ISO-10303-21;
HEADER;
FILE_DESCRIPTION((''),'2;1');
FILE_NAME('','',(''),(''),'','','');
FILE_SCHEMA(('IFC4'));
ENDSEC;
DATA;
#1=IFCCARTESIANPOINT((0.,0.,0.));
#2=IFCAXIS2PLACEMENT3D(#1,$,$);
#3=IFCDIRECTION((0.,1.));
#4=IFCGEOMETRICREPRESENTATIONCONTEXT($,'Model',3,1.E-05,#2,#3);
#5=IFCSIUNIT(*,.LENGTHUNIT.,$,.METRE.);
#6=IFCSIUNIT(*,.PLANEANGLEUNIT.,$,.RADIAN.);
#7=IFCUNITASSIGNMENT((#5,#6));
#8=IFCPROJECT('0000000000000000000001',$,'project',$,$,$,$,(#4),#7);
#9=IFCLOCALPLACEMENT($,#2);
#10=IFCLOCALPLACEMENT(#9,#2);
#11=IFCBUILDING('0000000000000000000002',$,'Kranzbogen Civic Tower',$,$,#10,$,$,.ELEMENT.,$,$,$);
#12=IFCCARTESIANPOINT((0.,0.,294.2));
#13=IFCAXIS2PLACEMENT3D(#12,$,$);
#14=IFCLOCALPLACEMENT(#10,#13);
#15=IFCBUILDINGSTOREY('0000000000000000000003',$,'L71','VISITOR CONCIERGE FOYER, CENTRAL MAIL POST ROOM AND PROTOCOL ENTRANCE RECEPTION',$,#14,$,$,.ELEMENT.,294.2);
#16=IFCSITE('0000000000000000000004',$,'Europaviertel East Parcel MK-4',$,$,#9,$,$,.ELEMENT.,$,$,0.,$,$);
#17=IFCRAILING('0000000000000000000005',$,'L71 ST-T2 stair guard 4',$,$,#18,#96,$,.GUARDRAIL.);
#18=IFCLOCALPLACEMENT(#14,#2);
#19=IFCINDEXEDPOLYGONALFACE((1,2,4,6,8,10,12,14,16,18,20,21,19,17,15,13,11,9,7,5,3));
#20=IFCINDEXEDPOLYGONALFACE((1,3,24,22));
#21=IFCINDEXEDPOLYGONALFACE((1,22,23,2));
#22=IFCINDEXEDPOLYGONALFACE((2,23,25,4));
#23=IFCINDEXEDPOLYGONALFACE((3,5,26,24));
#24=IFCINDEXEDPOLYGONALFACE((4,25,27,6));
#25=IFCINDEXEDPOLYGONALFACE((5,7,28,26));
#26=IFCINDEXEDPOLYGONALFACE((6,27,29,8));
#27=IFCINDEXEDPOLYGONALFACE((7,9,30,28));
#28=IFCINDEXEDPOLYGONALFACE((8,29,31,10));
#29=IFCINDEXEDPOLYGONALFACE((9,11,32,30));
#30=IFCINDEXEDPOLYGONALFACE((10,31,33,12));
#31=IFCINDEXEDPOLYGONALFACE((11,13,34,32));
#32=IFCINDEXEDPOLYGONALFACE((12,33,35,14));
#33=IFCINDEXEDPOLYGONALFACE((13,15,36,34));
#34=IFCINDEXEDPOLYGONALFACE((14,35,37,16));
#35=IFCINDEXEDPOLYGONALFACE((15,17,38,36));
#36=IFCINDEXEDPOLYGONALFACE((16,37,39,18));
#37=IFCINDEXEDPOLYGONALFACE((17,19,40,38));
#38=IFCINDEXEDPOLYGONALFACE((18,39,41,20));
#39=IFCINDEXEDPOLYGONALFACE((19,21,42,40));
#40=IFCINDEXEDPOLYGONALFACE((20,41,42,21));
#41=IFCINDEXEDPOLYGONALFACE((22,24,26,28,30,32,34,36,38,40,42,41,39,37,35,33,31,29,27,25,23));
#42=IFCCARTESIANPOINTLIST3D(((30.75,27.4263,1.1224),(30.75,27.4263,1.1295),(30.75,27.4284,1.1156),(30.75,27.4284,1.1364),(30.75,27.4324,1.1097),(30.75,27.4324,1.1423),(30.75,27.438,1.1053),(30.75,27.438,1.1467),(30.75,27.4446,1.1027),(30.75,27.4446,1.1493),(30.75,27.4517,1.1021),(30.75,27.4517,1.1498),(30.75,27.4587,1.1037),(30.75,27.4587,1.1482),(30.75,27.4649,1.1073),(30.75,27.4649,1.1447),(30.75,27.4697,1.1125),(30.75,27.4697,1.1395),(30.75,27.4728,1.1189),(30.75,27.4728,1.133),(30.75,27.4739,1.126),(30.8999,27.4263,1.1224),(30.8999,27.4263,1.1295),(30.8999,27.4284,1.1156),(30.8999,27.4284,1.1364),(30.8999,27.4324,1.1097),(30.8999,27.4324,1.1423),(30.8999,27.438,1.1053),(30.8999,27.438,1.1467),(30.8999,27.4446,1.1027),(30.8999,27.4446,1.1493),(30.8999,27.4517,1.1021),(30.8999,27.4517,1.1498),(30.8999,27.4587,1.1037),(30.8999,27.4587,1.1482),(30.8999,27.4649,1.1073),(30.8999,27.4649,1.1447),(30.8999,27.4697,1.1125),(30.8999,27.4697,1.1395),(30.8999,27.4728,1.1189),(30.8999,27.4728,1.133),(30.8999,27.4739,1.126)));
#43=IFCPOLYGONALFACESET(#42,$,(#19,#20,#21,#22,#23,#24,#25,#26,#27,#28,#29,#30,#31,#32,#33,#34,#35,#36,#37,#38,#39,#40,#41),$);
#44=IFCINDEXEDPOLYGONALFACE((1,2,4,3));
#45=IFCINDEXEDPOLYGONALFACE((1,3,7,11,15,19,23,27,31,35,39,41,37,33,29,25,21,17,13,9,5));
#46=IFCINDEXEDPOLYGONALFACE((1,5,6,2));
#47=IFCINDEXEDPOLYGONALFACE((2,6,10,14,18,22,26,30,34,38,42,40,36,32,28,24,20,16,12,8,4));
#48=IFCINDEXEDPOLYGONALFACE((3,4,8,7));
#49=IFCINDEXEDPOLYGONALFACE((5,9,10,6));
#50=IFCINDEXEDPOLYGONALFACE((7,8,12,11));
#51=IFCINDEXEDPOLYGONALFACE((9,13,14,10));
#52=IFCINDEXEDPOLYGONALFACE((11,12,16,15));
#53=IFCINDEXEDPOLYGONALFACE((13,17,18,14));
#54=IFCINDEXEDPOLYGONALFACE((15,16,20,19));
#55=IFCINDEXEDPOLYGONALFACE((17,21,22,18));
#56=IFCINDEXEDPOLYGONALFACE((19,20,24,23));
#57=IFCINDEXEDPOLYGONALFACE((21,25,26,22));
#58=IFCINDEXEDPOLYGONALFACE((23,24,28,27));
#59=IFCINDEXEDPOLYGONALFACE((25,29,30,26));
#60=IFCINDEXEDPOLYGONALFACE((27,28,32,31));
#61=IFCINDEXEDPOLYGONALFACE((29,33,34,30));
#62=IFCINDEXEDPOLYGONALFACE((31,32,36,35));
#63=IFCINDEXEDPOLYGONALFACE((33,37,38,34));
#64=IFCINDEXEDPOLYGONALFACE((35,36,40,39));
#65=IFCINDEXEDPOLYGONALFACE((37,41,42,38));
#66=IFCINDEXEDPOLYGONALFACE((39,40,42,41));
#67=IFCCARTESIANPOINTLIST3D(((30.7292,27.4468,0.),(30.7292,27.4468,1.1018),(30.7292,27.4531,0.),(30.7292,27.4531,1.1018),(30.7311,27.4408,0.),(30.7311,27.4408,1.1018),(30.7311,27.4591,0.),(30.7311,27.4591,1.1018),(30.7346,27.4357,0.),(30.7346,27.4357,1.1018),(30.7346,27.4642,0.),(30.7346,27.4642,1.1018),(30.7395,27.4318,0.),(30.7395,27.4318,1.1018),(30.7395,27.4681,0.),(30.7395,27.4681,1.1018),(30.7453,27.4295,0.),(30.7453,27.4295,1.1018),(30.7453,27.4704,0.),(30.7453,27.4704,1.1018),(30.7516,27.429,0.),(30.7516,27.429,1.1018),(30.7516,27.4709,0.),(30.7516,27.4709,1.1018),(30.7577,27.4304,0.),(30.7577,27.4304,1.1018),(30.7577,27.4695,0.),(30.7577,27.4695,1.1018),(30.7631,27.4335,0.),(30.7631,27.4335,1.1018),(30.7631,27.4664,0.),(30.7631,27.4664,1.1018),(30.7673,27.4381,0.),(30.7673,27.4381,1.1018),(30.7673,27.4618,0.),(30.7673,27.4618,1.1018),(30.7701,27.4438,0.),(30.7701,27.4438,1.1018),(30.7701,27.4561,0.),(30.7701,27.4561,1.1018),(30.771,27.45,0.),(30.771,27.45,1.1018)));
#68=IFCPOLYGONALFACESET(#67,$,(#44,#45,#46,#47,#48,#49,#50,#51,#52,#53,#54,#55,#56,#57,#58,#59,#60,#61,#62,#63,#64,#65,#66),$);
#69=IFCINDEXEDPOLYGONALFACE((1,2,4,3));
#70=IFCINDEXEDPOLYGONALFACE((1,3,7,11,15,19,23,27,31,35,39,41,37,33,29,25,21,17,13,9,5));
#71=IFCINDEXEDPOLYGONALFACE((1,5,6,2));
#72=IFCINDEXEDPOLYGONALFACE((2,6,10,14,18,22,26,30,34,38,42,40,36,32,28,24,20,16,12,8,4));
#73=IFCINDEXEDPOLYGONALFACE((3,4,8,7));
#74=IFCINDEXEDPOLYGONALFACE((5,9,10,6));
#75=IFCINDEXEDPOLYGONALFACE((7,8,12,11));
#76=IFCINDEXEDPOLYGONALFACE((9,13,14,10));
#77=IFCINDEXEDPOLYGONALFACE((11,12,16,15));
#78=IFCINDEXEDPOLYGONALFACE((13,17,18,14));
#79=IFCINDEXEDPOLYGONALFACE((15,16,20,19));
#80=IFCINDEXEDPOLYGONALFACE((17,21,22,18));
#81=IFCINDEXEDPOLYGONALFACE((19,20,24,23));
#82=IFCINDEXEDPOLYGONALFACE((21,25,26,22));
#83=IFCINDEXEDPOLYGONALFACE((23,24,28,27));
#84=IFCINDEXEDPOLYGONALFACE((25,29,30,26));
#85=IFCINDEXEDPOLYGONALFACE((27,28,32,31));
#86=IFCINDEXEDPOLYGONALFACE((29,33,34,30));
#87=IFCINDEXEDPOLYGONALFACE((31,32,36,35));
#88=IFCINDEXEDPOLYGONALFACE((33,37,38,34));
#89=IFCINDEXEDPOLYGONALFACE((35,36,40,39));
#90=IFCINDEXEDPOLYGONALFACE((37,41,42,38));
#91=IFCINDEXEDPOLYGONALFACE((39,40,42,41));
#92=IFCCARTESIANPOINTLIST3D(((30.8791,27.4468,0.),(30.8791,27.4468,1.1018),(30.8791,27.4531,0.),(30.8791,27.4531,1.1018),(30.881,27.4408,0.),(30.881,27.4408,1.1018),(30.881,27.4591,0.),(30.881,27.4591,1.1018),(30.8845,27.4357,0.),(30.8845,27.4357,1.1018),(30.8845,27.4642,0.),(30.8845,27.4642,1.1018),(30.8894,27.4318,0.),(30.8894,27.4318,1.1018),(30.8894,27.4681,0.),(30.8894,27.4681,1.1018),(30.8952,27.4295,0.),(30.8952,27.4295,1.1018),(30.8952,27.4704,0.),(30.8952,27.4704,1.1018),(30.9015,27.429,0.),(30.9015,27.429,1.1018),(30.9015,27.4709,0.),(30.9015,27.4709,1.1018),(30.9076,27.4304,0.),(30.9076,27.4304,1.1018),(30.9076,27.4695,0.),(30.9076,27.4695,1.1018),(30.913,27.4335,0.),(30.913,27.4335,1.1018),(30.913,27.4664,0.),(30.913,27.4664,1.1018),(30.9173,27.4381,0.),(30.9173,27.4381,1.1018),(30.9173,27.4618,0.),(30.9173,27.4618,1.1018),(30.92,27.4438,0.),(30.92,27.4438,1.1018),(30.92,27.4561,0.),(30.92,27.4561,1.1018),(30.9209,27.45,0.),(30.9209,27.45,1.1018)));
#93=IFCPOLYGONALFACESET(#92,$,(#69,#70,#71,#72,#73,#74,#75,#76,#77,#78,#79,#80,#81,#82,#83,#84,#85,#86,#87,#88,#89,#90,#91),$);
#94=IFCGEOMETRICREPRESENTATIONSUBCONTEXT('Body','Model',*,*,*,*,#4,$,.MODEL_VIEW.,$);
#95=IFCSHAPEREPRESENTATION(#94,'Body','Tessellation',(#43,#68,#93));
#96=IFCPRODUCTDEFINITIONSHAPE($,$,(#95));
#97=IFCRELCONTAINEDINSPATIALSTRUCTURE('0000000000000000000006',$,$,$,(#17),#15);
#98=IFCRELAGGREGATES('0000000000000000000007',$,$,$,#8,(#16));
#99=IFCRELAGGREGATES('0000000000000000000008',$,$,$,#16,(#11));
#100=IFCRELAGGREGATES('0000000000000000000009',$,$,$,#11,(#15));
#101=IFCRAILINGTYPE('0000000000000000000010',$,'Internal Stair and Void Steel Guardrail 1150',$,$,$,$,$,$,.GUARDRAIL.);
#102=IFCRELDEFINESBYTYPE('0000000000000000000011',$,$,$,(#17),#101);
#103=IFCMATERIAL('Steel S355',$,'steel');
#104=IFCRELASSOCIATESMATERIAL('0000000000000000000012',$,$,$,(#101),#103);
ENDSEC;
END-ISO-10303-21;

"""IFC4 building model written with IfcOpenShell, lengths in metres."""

from ifc_helpers import new_model, si_unit, direction, frame, origin, origin_2d, place, context, subcontext, project, spatial, circle, extrude, material, type_object, element, save


model = new_model("IFC4")

# Units and contexts
model_context = context("Model", 3, precision=1e-05, world=origin(), true_north=direction((0.0, 1.0)))
body_context = subcontext(model_context, "Body", "Model", "MODEL_VIEW")
ifc_project = project(units=[si_unit("LENGTHUNIT", "METRE"), si_unit("PLANEANGLEUNIT", "RADIAN")], contexts=[model_context])

# Site, building, storey
site_placement = place(None, origin())
site = spatial("IfcSite", under=ifc_project, at=site_placement, Name="Europaviertel East Parcel MK-4", CompositionType="ELEMENT", RefElevation=0.0)
building_placement = place(site_placement, origin())
building = spatial("IfcBuilding", under=site, at=building_placement, Name="Kranzbogen Civic Tower", CompositionType="ELEMENT")
storey_placement = place(building_placement, frame((0.0, 0.0, 294.2)))
storey = spatial("IfcBuildingStorey", under=building, at=storey_placement, Name="L71", Description="VISITOR CONCIERGE FOYER, CENTRAL MAIL POST ROOM AND PROTOCOL ENTRANCE RECEPTION", CompositionType="ELEMENT", Elevation=294.2)

# Shared definitions
ifc_material_1 = material(Name="Steel S355", Category="steel")

# Railing
railing_type_1 = type_object("IfcRailingType", Name="Internal Stair and Void Steel Guardrail 1150", PredefinedType="GUARDRAIL", material=ifc_material_1)
railing_1_placement = place(storey_placement, frame((30.75, 27.45, 0.0)))
element("IfcRailing", 1, at=railing_1_placement, inside=storey, type_object=railing_type_1, Name="L71 ST-T2 stair guard 4", PredefinedType="GUARDRAIL", context=body_context, shape_type="SweptSolid", body=[
    extrude(circle(Radius=0.0239, at=origin_2d()), frame((0.0, 0.0, 1.126), z_axis=(1.0, 0.0, 0.0), x_axis=(0.0, 1.0, 0.0)), (0.0, 0.0, 1.0), 0.1499),
    extrude(circle(Radius=0.021, at=origin_2d()), origin(), (0.0, 0.0, 1.0), 1.1018),
    extrude(circle(Radius=0.021, at=origin_2d()), frame((0.1499, 0.0, 0.0)), (0.0, 0.0, 1.0), 1.1018),
])

save(model, "model.ifc")
